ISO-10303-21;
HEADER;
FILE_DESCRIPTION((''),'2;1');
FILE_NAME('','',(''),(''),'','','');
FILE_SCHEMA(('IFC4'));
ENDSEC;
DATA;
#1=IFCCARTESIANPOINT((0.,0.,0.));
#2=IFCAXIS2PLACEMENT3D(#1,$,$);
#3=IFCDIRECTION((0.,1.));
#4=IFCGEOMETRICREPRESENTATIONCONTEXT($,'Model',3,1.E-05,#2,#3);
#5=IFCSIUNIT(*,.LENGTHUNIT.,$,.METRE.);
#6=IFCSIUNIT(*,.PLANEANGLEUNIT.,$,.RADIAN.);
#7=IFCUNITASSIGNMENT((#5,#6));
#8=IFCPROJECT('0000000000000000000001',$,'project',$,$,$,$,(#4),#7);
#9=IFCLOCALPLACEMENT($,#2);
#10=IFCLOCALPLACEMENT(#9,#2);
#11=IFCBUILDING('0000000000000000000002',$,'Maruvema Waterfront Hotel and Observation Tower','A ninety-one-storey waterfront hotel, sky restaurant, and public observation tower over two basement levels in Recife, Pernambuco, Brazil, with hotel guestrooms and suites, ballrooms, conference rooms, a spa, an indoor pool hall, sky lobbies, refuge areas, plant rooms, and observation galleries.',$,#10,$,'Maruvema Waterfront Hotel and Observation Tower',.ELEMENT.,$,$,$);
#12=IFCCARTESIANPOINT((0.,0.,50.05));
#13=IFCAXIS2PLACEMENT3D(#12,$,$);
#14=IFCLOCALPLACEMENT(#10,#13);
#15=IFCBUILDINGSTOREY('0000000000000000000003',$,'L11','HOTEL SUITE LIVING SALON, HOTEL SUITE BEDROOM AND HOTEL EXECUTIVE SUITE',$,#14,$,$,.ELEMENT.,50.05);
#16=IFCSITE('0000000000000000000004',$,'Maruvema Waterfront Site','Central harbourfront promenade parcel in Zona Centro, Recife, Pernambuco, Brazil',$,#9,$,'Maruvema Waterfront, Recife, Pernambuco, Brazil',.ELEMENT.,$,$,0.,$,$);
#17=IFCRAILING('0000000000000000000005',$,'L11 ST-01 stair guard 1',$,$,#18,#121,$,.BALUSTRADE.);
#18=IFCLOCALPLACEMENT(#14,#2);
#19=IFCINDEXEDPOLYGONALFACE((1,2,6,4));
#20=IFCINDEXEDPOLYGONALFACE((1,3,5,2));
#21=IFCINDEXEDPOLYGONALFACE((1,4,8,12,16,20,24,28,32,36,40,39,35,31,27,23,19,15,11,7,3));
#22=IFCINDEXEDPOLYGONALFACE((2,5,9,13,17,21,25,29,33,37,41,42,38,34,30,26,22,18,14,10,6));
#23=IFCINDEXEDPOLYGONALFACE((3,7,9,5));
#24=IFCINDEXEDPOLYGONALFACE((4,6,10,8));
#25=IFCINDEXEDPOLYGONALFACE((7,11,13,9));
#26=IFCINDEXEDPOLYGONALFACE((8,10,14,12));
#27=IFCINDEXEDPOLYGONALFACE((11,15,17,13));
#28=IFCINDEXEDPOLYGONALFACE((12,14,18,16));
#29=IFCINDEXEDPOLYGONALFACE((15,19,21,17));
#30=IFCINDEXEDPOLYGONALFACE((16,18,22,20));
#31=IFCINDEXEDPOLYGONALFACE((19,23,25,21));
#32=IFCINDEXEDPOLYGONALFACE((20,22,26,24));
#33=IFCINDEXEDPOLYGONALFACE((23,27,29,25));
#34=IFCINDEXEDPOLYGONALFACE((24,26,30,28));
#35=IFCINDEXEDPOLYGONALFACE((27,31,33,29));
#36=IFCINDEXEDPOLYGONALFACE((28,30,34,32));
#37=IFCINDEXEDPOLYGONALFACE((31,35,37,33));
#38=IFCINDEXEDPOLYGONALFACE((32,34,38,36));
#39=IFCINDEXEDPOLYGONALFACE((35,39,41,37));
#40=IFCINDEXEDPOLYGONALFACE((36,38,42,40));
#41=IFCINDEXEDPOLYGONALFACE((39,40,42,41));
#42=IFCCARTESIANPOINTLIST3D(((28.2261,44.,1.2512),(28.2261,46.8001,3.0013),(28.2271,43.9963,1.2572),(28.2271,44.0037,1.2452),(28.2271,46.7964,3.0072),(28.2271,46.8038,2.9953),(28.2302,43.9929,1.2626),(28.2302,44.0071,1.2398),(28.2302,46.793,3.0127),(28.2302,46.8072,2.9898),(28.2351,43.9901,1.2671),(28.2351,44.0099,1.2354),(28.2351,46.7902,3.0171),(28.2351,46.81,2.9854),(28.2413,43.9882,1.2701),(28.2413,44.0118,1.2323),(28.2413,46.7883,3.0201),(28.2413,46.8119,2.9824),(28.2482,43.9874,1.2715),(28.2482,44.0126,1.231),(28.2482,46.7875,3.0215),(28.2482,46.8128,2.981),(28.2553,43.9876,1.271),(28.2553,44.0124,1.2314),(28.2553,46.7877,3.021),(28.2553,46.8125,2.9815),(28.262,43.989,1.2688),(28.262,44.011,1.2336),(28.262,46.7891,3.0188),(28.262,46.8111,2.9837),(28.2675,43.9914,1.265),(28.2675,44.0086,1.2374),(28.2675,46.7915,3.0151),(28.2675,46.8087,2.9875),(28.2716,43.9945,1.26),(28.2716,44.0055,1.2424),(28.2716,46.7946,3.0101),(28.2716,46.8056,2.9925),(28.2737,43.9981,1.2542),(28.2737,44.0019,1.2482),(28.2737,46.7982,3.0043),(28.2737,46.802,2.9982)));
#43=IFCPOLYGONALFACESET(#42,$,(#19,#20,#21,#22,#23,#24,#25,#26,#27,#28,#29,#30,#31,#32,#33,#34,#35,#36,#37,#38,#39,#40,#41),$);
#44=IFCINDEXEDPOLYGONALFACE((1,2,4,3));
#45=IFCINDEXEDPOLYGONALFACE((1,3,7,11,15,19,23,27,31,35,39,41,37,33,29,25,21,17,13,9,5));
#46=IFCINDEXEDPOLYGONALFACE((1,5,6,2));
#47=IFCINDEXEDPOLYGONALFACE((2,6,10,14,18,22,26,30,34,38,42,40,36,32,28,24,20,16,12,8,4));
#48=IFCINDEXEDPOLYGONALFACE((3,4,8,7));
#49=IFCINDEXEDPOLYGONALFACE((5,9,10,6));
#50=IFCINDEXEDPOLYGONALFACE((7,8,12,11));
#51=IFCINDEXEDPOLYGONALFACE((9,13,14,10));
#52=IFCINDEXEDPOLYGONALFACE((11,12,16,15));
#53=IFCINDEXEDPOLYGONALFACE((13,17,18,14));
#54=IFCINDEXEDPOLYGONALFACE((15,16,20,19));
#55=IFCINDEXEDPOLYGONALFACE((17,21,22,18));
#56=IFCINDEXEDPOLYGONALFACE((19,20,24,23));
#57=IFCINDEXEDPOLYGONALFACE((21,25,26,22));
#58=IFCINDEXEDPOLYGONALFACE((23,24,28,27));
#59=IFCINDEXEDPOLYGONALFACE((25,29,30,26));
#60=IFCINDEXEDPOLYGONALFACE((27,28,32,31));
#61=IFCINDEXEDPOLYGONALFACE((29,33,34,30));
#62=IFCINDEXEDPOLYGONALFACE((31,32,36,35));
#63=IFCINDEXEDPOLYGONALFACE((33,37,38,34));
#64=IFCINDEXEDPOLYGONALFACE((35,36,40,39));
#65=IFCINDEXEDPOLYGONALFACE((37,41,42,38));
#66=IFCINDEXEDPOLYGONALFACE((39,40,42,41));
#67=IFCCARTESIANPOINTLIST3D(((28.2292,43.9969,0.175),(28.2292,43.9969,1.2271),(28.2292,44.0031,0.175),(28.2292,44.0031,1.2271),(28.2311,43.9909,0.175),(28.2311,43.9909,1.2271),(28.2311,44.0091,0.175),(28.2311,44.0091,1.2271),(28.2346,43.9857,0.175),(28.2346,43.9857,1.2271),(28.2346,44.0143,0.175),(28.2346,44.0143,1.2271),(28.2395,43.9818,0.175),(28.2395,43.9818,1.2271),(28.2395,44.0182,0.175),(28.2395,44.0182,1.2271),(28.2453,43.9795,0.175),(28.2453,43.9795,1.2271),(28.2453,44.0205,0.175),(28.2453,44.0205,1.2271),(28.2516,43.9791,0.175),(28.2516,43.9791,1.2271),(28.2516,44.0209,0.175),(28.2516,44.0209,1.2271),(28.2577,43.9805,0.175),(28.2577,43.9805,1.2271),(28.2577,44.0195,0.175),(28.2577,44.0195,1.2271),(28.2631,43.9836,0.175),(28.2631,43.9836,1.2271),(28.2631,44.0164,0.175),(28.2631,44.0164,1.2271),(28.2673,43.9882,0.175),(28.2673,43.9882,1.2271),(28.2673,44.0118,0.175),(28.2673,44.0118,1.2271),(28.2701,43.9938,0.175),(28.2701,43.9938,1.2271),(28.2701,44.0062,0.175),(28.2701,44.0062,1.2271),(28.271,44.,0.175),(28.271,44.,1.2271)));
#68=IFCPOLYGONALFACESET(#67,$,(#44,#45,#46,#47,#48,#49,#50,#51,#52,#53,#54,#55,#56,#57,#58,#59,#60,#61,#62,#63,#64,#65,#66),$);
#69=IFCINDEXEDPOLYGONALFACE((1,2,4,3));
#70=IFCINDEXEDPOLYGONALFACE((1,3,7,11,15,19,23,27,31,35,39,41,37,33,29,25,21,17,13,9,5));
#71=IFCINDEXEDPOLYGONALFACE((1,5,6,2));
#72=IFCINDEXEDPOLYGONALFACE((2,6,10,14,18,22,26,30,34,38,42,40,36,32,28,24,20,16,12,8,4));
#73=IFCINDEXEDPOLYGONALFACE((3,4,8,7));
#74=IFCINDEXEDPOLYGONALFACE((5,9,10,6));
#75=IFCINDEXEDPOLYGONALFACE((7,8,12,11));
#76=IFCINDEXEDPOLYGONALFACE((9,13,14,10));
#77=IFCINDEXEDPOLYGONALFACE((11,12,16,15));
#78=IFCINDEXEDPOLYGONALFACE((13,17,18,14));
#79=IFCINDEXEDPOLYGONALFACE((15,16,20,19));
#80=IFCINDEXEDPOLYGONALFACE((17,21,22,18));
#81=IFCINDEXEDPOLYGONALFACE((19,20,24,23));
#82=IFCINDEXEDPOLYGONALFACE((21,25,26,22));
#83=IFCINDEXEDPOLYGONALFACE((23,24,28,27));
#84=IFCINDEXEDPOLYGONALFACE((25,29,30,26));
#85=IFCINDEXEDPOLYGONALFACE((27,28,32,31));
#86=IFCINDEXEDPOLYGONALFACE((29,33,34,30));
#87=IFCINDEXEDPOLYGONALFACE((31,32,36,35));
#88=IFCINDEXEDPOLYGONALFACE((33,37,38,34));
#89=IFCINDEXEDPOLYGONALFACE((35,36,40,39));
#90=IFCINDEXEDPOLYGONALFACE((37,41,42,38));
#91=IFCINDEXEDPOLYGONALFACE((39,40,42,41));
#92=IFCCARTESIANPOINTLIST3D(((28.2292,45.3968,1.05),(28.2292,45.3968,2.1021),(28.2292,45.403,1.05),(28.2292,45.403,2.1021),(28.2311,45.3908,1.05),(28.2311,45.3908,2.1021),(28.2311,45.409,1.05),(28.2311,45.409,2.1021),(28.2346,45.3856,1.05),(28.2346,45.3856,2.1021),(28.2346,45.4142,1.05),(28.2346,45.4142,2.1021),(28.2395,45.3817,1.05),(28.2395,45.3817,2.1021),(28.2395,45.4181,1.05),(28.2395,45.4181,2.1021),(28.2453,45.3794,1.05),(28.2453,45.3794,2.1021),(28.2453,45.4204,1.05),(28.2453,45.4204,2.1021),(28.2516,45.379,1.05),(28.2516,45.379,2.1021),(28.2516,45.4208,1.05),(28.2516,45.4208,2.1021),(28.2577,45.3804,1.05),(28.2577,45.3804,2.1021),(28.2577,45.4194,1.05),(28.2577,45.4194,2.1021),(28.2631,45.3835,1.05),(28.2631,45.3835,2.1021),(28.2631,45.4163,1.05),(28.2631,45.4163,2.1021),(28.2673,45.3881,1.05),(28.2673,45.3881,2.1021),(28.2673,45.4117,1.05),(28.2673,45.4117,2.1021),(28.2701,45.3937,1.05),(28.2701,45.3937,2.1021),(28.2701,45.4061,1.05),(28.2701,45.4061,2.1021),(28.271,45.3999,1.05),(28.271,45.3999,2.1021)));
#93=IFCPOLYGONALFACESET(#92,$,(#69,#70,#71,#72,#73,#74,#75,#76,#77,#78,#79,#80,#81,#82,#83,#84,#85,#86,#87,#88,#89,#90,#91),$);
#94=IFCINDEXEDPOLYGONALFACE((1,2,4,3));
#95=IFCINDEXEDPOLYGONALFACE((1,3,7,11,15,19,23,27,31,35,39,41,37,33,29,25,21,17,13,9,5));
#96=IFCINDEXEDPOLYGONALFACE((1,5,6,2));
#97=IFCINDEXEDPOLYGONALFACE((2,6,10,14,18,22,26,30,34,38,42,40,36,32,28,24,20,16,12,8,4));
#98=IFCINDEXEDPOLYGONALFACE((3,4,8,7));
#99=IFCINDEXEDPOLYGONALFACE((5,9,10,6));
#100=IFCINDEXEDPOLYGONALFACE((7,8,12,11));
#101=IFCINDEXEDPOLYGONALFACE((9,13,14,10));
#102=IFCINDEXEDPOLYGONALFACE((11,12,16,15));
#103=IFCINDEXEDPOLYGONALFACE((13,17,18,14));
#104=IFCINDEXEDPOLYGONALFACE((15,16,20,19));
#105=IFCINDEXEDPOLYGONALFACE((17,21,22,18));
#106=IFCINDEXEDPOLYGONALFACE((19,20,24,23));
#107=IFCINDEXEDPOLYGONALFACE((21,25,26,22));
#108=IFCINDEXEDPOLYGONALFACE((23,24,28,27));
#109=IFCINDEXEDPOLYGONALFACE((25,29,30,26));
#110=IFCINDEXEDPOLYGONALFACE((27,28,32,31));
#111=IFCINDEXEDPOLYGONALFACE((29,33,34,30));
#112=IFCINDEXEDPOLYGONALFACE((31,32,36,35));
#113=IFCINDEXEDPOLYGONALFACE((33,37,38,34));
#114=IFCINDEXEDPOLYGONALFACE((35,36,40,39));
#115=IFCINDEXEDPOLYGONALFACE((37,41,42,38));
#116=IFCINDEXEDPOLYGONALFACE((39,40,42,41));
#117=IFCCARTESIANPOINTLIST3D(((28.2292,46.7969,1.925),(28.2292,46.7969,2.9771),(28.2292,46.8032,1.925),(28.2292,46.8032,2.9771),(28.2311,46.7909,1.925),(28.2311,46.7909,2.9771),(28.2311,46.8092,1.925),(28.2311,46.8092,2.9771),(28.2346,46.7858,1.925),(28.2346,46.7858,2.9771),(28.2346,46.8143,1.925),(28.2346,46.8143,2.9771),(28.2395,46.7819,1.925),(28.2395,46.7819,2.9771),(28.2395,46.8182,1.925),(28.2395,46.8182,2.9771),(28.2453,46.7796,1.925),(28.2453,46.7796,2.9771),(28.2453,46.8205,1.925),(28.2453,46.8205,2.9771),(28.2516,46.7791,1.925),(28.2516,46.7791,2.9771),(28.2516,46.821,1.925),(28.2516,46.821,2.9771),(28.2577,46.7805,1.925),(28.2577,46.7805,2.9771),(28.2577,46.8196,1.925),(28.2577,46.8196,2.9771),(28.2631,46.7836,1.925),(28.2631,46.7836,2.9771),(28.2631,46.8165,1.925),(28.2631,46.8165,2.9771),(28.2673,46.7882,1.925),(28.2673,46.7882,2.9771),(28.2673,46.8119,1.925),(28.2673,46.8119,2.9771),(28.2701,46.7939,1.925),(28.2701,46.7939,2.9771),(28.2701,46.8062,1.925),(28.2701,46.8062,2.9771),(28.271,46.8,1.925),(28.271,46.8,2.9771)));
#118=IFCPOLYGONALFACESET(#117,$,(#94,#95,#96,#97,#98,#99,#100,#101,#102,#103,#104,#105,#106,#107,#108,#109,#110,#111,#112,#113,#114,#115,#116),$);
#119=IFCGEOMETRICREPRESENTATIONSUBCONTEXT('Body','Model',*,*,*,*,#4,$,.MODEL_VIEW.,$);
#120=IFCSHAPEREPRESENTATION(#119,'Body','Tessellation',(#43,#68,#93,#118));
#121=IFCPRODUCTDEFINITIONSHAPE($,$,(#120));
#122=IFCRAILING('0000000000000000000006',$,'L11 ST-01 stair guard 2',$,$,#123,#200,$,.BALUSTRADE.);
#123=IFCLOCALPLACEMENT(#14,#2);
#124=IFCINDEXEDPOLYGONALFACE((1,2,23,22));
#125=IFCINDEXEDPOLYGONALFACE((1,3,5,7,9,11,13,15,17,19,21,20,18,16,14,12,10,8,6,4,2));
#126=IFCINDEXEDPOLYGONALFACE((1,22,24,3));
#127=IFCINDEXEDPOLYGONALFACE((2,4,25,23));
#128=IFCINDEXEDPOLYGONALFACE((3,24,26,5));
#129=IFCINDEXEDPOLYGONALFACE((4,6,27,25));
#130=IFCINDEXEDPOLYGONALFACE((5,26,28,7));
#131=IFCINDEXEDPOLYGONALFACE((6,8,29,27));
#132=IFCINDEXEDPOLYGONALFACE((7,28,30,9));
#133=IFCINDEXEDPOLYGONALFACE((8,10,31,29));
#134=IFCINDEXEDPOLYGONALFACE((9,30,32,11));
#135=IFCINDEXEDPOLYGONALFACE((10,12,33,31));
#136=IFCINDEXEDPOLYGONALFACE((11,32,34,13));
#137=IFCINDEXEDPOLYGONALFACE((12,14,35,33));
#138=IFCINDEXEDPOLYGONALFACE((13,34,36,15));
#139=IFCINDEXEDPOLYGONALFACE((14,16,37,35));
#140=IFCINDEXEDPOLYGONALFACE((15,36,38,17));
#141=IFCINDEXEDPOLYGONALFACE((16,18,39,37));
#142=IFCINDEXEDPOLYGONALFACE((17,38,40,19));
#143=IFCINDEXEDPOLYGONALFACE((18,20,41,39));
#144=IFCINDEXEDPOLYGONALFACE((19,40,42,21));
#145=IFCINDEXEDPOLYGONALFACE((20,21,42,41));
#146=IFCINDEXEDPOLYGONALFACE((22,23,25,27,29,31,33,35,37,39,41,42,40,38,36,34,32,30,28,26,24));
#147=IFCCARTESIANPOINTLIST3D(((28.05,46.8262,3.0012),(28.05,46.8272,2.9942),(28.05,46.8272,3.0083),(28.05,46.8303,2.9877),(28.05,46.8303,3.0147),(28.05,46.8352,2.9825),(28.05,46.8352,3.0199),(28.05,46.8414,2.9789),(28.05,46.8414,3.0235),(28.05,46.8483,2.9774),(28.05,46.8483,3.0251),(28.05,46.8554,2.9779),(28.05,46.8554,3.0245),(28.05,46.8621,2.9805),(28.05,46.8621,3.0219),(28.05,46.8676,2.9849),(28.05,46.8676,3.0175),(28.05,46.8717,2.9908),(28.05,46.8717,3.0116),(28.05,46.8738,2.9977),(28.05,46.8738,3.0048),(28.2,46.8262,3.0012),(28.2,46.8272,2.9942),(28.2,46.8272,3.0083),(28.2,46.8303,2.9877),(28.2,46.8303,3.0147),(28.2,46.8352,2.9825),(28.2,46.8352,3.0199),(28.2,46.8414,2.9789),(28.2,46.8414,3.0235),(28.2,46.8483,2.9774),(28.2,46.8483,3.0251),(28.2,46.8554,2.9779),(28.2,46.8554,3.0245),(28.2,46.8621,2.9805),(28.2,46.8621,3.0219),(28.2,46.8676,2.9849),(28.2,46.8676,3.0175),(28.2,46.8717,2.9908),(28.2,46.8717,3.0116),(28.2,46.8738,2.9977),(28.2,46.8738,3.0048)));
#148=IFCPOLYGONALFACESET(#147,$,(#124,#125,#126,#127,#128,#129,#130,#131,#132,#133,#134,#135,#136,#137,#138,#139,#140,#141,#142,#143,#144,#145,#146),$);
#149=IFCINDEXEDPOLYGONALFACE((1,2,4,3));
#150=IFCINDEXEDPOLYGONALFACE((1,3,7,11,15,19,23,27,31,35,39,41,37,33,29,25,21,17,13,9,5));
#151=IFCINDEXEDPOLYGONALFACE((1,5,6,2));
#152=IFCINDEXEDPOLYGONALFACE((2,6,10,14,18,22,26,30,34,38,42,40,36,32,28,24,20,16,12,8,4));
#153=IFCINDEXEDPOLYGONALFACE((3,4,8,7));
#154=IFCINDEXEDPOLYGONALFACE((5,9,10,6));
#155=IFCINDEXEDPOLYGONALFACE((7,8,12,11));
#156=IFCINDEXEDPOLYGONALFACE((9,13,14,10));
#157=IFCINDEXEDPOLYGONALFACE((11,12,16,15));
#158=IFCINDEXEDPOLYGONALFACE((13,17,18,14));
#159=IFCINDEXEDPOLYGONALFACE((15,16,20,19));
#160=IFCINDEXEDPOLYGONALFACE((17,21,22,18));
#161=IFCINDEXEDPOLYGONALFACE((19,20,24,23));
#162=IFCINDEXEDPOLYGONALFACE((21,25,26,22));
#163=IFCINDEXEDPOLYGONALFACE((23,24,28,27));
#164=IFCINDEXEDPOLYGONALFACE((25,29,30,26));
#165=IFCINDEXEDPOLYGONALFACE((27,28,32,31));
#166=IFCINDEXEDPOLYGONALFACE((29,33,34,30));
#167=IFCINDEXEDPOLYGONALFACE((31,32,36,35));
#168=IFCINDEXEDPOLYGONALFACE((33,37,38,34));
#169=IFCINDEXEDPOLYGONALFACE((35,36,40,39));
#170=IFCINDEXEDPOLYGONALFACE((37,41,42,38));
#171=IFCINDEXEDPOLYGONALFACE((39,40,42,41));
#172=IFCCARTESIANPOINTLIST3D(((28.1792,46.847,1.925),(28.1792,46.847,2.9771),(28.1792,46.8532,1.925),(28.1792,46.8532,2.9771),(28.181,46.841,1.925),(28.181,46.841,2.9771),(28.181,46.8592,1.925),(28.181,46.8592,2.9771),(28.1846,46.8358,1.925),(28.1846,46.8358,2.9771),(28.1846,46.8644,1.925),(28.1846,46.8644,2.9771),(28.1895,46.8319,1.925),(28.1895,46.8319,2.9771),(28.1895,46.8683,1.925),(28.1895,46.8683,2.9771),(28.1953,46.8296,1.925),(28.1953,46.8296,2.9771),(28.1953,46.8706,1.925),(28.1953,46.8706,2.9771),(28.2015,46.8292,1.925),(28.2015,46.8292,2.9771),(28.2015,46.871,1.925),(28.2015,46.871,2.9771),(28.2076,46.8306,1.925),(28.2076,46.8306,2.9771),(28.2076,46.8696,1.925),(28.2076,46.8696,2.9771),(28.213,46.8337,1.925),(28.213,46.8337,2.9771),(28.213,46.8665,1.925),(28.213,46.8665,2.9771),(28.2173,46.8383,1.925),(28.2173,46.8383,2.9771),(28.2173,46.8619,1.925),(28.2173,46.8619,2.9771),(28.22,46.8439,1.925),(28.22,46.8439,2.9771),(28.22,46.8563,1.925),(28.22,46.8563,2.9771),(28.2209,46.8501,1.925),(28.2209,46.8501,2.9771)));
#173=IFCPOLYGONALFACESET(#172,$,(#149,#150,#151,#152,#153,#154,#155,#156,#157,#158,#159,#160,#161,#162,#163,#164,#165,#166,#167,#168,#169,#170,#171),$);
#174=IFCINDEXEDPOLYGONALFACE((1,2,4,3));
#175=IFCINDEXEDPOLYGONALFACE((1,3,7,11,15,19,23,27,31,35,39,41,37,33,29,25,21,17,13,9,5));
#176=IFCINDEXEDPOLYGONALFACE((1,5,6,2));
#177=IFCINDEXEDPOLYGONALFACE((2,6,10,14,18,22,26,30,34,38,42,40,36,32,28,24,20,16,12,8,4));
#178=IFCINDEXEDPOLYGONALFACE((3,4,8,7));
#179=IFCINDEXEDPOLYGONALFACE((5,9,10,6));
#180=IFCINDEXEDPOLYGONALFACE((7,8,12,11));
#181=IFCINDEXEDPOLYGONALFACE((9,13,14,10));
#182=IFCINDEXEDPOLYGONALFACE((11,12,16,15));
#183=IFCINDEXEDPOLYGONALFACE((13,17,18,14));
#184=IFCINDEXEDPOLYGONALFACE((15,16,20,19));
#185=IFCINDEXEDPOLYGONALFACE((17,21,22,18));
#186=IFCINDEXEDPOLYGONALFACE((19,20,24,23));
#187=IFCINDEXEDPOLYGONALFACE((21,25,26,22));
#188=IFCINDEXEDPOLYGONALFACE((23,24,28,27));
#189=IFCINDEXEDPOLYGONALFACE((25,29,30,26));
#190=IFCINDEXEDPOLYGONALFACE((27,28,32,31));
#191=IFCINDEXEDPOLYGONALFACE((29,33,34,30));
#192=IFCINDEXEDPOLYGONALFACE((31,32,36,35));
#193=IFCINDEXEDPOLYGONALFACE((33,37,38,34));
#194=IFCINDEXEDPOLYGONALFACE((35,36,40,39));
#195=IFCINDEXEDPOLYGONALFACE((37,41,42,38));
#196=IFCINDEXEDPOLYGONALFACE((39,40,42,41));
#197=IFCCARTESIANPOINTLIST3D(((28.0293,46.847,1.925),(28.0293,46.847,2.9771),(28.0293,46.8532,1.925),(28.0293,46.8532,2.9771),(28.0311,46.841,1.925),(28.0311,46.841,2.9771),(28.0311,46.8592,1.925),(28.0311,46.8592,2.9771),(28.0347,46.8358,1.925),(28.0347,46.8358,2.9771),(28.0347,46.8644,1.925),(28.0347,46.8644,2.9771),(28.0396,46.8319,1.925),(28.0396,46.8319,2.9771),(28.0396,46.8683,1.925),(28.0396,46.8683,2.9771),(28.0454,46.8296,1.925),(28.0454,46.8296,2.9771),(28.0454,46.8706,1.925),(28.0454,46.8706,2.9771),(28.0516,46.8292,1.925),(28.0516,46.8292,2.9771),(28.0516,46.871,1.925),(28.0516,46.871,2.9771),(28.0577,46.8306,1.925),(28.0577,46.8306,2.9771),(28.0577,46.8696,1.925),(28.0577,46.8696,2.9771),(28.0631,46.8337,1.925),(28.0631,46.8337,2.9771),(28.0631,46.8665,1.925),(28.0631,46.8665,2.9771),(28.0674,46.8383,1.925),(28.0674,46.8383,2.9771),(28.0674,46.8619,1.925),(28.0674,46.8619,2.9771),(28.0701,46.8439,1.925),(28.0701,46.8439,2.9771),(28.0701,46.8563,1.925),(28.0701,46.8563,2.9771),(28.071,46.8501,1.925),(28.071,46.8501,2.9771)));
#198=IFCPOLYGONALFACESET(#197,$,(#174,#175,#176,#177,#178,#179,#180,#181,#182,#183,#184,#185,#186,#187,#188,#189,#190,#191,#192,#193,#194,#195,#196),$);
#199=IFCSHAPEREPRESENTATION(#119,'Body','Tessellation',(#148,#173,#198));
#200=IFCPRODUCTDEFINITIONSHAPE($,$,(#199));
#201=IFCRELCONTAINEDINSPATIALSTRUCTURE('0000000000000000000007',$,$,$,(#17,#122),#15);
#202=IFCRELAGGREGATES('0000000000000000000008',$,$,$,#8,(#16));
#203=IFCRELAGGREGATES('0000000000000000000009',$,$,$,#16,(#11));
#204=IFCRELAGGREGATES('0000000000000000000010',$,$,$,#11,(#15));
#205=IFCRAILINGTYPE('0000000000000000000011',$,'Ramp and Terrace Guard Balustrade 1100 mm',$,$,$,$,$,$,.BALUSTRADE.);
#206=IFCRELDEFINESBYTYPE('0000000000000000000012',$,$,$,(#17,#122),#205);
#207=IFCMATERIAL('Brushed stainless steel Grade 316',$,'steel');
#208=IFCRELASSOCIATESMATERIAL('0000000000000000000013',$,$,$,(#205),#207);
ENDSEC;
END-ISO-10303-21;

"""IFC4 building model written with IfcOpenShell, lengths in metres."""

from ifc_helpers import new_model, si_unit, direction, frame, origin, origin_2d, place, context, subcontext, project, spatial, circle, extrude, material, type_object, element, save


model = new_model("IFC4")

# Units and contexts
model_context = context("Model", 3, precision=1e-05, world=origin(), true_north=direction((0.0, 1.0)))
body_context = subcontext(model_context, "Body", "Model", "MODEL_VIEW")
ifc_project = project(units=[si_unit("LENGTHUNIT", "METRE"), si_unit("PLANEANGLEUNIT", "RADIAN")], contexts=[model_context])

# Site, building, storey
site_placement = place(None, origin())
site = spatial("IfcSite", under=ifc_project, at=site_placement, Name="Maruvema Waterfront Site", Description="Central harbourfront promenade parcel in Zona Centro, Recife, Pernambuco, Brazil", LongName="Maruvema Waterfront, Recife, Pernambuco, Brazil", CompositionType="ELEMENT", RefElevation=0.0)
building_placement = place(site_placement, origin())
building = spatial("IfcBuilding", under=site, at=building_placement, Name="Maruvema Waterfront Hotel and Observation Tower", Description="A ninety-one-storey waterfront hotel, sky restaurant, and public observation tower over two basement levels in Recife, Pernambuco, Brazil, with hotel guestrooms and suites, ballrooms, conference rooms, a spa, an indoor pool hall, sky lobbies, refuge areas, plant rooms, and observation galleries.", LongName="Maruvema Waterfront Hotel and Observation Tower", CompositionType="ELEMENT")
storey_placement = place(building_placement, frame((0.0, 0.0, 50.05)))
storey = spatial("IfcBuildingStorey", under=building, at=storey_placement, Name="L11", Description="HOTEL SUITE LIVING SALON, HOTEL SUITE BEDROOM AND HOTEL EXECUTIVE SUITE", CompositionType="ELEMENT", Elevation=50.05)

# Railings
ifc_material_1 = material(Name="Brushed stainless steel Grade 316", Category="steel")
railing_type_1 = type_object("IfcRailingType", Name="Ramp and Terrace Guard Balustrade 1100 mm", PredefinedType="BALUSTRADE", material=ifc_material_1)
railing_1_placement = place(storey_placement, frame((28.25, 44.0, 0.175)))
element("IfcRailing", 1, at=railing_1_placement, inside=storey, type_object=railing_type_1, Name="L11 ST-01 stair guard 1", PredefinedType="BALUSTRADE", context=body_context, shape_type="SweptSolid", body=[
    extrude(circle(Radius=0.0239, at=origin_2d()), frame((0.0, 0.0, 1.0762), z_axis=(0.0, 0.848002, 0.529992), x_axis=(-1.0, 0.0, 0.0)), (0.0, 0.0, 1.0), 3.302),
    extrude(circle(Radius=0.021, at=origin_2d()), origin(), (0.0, 0.0, 1.0), 1.052),
    extrude(circle(Radius=0.021, at=origin_2d()), frame((0.0, 1.3999, 0.875)), (0.0, 0.0, 1.0), 1.052),
    extrude(circle(Radius=0.021, at=origin_2d()), frame((0.0, 2.8, 1.75)), (0.0, 0.0, 1.0), 1.052),
])
railing_2_placement = place(storey_placement, frame((28.2, 46.8501, 1.925)))
element("IfcRailing", 2, at=railing_2_placement, inside=storey, type_object=railing_type_1, Name="L11 ST-01 stair guard 2", PredefinedType="BALUSTRADE", context=body_context, shape_type="SweptSolid", body=[
    extrude(circle(Radius=0.0239, at=origin_2d()), frame((0.0, 0.0, 1.0762), z_axis=(-1.0, 0.0, 0.0), x_axis=(0.0, -1.0, 0.0)), (0.0, 0.0, 1.0), 0.1499),
    extrude(circle(Radius=0.021, at=origin_2d()), origin(), (0.0, 0.0, 1.0), 1.052),
    extrude(circle(Radius=0.021, at=origin_2d()), frame((-0.1499, 0.0, 0.0)), (0.0, 0.0, 1.0), 1.052),
])

save(model, "model.ifc")
